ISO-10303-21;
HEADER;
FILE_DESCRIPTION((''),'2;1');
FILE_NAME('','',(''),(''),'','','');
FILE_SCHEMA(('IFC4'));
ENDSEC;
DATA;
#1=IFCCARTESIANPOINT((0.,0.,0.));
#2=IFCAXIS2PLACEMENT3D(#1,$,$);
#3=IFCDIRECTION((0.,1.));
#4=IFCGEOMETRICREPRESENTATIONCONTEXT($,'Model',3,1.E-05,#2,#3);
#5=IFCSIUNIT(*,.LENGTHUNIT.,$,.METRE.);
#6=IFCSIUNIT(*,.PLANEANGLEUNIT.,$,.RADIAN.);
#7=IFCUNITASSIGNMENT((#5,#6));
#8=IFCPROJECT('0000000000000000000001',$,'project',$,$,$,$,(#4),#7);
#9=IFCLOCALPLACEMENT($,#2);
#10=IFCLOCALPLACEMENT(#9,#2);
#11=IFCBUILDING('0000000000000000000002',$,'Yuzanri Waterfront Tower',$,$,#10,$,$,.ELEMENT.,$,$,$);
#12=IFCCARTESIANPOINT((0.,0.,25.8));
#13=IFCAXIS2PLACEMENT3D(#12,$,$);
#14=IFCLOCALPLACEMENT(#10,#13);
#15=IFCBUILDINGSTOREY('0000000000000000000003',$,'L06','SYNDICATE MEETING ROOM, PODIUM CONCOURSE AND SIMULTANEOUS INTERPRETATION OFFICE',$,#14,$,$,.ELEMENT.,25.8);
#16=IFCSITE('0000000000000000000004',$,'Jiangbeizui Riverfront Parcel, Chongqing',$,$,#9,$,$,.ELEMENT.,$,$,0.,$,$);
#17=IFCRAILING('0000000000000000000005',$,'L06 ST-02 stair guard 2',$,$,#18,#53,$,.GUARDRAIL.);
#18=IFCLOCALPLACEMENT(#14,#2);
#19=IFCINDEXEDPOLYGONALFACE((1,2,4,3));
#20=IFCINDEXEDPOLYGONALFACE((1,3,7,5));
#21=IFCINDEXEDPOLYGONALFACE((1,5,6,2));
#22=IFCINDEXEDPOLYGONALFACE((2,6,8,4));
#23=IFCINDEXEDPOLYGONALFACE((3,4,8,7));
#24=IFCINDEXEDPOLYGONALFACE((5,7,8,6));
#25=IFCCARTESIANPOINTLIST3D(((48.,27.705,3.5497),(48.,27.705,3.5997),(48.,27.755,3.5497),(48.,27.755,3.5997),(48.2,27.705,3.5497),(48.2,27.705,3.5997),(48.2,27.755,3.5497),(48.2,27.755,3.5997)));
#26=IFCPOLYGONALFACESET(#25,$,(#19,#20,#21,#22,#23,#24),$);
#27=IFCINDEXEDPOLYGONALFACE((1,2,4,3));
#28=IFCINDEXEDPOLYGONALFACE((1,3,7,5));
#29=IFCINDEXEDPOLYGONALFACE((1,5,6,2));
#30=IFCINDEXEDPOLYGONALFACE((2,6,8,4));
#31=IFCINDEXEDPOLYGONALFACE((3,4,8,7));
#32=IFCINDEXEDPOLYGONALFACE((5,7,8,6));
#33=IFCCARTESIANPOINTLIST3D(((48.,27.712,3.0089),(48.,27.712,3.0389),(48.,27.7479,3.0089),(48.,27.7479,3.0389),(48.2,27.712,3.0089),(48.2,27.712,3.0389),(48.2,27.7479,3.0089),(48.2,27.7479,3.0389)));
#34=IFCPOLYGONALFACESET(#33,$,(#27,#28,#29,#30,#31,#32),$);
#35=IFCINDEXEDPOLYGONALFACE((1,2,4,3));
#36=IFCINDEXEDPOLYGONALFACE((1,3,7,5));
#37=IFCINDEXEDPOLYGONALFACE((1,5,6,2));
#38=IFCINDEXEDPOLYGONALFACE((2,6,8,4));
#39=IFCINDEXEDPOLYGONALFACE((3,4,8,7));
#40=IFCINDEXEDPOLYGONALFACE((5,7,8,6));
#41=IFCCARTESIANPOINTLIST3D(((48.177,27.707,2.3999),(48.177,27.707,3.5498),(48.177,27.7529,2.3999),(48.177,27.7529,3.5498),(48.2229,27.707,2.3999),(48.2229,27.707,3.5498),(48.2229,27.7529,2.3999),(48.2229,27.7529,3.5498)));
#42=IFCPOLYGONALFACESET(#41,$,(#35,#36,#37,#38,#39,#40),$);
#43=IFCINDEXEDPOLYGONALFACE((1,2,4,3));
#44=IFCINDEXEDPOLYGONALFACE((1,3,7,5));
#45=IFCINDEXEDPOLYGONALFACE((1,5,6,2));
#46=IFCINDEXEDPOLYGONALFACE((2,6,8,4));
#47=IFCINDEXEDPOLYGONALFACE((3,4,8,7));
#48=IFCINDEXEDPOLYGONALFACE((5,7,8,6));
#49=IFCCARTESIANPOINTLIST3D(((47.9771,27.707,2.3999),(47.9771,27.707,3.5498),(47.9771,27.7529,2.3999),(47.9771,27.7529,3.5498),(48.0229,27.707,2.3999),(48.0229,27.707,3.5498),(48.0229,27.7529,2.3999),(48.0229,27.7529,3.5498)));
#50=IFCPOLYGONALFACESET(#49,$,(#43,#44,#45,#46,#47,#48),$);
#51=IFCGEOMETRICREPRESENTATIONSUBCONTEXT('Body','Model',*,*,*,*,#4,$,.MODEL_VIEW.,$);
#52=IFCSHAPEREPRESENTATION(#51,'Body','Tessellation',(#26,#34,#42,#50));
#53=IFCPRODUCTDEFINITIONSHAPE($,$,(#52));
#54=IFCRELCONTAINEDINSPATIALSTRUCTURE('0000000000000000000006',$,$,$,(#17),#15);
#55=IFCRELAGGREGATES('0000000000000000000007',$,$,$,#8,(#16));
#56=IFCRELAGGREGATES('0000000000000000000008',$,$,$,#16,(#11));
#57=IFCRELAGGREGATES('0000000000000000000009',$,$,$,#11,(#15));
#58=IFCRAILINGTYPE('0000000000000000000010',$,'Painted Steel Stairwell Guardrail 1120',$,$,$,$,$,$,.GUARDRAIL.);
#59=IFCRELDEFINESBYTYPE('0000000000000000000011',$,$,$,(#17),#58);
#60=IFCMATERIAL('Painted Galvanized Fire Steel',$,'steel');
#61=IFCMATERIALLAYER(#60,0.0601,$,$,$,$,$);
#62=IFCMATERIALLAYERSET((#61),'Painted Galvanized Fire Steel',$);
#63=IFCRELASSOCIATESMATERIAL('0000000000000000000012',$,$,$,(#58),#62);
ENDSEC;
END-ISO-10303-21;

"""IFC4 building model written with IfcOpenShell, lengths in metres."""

from ifc_helpers import new_model, si_unit, direction, frame, origin, origin_2d, place, context, subcontext, project, spatial, rectangle, extrude, source, transform, mapped, material, layer, layer_set, type_object, element, save


model = new_model("IFC4")

# Units and contexts
model_context = context("Model", 3, precision=1e-05, world=origin(), true_north=direction((0.0, 1.0)))
body_context = subcontext(model_context, "Body", "Model", "MODEL_VIEW")
ifc_project = project(units=[si_unit("LENGTHUNIT", "METRE"), si_unit("PLANEANGLEUNIT", "RADIAN")], contexts=[model_context])

# Site, building, storey
site_placement = place(None, origin())
site = spatial("IfcSite", under=ifc_project, at=site_placement, Name="Jiangbeizui Riverfront Parcel, Chongqing", CompositionType="ELEMENT", RefElevation=0.0)
building_placement = place(site_placement, origin())
building = spatial("IfcBuilding", under=site, at=building_placement, Name="Yuzanri Waterfront Tower", CompositionType="ELEMENT")
storey_placement = place(building_placement, frame((0.0, 0.0, 25.8)))
storey = spatial("IfcBuildingStorey", under=building, at=storey_placement, Name="L06", Description="SYNDICATE MEETING ROOM, PODIUM CONCOURSE AND SIMULTANEOUS INTERPRETATION OFFICE", CompositionType="ELEMENT", Elevation=25.8)

# Railing
ifc_material_1 = material(Name="Painted Galvanized Fire Steel", Category="steel")
ifc_layer_1 = layer(ifc_material_1, 0.0601)
ifc_layer_set_1 = layer_set([ifc_layer_1], Name="Painted Galvanized Fire Steel")
railing_type = type_object("IfcRailingType", Name="Painted Steel Stairwell Guardrail 1120", PredefinedType="GUARDRAIL", material=ifc_layer_set_1)
shared_shape_1 = source(origin(), body_context, "Body", "SweptSolid", [
    extrude(rectangle(XDim=0.05, YDim=0.05, at=origin_2d()), frame((0.0, 0.0, 1.1748), z_axis=(-1.0, 0.0, 0.0), x_axis=(0.0, -1.0, 0.0)), (0.0, 0.0, 1.0), 0.2),
    extrude(rectangle(XDim=0.0359, YDim=0.03, at=origin_2d()), frame((0.0, 0.0, 0.624), z_axis=(-1.0, 0.0, 0.0), x_axis=(0.0, -1.0, 0.0)), (0.0, 0.0, 1.0), 0.2),
    extrude(rectangle(XDim=0.0459, YDim=0.0459, at=origin_2d()), origin(), (0.0, 0.0, 1.0), 1.1499),
    extrude(rectangle(XDim=0.0459, YDim=0.0459, at=origin_2d()), frame((-0.2, 0.0, 0.0)), (0.0, 0.0, 1.0), 1.1499),
])
railing_placement = place(storey_placement, frame((48.2, 27.73, 2.3999)))
element("IfcRailing", 1, at=railing_placement, inside=storey, type_object=railing_type, Name="L06 ST-02 stair guard 2", PredefinedType="GUARDRAIL", context=body_context, shape_type="MappedRepresentation", body=[
    mapped(shared_shape_1, transform((0.0, 0.0, 0.0), scale=1.0)),
])

save(model, "model.ifc")
